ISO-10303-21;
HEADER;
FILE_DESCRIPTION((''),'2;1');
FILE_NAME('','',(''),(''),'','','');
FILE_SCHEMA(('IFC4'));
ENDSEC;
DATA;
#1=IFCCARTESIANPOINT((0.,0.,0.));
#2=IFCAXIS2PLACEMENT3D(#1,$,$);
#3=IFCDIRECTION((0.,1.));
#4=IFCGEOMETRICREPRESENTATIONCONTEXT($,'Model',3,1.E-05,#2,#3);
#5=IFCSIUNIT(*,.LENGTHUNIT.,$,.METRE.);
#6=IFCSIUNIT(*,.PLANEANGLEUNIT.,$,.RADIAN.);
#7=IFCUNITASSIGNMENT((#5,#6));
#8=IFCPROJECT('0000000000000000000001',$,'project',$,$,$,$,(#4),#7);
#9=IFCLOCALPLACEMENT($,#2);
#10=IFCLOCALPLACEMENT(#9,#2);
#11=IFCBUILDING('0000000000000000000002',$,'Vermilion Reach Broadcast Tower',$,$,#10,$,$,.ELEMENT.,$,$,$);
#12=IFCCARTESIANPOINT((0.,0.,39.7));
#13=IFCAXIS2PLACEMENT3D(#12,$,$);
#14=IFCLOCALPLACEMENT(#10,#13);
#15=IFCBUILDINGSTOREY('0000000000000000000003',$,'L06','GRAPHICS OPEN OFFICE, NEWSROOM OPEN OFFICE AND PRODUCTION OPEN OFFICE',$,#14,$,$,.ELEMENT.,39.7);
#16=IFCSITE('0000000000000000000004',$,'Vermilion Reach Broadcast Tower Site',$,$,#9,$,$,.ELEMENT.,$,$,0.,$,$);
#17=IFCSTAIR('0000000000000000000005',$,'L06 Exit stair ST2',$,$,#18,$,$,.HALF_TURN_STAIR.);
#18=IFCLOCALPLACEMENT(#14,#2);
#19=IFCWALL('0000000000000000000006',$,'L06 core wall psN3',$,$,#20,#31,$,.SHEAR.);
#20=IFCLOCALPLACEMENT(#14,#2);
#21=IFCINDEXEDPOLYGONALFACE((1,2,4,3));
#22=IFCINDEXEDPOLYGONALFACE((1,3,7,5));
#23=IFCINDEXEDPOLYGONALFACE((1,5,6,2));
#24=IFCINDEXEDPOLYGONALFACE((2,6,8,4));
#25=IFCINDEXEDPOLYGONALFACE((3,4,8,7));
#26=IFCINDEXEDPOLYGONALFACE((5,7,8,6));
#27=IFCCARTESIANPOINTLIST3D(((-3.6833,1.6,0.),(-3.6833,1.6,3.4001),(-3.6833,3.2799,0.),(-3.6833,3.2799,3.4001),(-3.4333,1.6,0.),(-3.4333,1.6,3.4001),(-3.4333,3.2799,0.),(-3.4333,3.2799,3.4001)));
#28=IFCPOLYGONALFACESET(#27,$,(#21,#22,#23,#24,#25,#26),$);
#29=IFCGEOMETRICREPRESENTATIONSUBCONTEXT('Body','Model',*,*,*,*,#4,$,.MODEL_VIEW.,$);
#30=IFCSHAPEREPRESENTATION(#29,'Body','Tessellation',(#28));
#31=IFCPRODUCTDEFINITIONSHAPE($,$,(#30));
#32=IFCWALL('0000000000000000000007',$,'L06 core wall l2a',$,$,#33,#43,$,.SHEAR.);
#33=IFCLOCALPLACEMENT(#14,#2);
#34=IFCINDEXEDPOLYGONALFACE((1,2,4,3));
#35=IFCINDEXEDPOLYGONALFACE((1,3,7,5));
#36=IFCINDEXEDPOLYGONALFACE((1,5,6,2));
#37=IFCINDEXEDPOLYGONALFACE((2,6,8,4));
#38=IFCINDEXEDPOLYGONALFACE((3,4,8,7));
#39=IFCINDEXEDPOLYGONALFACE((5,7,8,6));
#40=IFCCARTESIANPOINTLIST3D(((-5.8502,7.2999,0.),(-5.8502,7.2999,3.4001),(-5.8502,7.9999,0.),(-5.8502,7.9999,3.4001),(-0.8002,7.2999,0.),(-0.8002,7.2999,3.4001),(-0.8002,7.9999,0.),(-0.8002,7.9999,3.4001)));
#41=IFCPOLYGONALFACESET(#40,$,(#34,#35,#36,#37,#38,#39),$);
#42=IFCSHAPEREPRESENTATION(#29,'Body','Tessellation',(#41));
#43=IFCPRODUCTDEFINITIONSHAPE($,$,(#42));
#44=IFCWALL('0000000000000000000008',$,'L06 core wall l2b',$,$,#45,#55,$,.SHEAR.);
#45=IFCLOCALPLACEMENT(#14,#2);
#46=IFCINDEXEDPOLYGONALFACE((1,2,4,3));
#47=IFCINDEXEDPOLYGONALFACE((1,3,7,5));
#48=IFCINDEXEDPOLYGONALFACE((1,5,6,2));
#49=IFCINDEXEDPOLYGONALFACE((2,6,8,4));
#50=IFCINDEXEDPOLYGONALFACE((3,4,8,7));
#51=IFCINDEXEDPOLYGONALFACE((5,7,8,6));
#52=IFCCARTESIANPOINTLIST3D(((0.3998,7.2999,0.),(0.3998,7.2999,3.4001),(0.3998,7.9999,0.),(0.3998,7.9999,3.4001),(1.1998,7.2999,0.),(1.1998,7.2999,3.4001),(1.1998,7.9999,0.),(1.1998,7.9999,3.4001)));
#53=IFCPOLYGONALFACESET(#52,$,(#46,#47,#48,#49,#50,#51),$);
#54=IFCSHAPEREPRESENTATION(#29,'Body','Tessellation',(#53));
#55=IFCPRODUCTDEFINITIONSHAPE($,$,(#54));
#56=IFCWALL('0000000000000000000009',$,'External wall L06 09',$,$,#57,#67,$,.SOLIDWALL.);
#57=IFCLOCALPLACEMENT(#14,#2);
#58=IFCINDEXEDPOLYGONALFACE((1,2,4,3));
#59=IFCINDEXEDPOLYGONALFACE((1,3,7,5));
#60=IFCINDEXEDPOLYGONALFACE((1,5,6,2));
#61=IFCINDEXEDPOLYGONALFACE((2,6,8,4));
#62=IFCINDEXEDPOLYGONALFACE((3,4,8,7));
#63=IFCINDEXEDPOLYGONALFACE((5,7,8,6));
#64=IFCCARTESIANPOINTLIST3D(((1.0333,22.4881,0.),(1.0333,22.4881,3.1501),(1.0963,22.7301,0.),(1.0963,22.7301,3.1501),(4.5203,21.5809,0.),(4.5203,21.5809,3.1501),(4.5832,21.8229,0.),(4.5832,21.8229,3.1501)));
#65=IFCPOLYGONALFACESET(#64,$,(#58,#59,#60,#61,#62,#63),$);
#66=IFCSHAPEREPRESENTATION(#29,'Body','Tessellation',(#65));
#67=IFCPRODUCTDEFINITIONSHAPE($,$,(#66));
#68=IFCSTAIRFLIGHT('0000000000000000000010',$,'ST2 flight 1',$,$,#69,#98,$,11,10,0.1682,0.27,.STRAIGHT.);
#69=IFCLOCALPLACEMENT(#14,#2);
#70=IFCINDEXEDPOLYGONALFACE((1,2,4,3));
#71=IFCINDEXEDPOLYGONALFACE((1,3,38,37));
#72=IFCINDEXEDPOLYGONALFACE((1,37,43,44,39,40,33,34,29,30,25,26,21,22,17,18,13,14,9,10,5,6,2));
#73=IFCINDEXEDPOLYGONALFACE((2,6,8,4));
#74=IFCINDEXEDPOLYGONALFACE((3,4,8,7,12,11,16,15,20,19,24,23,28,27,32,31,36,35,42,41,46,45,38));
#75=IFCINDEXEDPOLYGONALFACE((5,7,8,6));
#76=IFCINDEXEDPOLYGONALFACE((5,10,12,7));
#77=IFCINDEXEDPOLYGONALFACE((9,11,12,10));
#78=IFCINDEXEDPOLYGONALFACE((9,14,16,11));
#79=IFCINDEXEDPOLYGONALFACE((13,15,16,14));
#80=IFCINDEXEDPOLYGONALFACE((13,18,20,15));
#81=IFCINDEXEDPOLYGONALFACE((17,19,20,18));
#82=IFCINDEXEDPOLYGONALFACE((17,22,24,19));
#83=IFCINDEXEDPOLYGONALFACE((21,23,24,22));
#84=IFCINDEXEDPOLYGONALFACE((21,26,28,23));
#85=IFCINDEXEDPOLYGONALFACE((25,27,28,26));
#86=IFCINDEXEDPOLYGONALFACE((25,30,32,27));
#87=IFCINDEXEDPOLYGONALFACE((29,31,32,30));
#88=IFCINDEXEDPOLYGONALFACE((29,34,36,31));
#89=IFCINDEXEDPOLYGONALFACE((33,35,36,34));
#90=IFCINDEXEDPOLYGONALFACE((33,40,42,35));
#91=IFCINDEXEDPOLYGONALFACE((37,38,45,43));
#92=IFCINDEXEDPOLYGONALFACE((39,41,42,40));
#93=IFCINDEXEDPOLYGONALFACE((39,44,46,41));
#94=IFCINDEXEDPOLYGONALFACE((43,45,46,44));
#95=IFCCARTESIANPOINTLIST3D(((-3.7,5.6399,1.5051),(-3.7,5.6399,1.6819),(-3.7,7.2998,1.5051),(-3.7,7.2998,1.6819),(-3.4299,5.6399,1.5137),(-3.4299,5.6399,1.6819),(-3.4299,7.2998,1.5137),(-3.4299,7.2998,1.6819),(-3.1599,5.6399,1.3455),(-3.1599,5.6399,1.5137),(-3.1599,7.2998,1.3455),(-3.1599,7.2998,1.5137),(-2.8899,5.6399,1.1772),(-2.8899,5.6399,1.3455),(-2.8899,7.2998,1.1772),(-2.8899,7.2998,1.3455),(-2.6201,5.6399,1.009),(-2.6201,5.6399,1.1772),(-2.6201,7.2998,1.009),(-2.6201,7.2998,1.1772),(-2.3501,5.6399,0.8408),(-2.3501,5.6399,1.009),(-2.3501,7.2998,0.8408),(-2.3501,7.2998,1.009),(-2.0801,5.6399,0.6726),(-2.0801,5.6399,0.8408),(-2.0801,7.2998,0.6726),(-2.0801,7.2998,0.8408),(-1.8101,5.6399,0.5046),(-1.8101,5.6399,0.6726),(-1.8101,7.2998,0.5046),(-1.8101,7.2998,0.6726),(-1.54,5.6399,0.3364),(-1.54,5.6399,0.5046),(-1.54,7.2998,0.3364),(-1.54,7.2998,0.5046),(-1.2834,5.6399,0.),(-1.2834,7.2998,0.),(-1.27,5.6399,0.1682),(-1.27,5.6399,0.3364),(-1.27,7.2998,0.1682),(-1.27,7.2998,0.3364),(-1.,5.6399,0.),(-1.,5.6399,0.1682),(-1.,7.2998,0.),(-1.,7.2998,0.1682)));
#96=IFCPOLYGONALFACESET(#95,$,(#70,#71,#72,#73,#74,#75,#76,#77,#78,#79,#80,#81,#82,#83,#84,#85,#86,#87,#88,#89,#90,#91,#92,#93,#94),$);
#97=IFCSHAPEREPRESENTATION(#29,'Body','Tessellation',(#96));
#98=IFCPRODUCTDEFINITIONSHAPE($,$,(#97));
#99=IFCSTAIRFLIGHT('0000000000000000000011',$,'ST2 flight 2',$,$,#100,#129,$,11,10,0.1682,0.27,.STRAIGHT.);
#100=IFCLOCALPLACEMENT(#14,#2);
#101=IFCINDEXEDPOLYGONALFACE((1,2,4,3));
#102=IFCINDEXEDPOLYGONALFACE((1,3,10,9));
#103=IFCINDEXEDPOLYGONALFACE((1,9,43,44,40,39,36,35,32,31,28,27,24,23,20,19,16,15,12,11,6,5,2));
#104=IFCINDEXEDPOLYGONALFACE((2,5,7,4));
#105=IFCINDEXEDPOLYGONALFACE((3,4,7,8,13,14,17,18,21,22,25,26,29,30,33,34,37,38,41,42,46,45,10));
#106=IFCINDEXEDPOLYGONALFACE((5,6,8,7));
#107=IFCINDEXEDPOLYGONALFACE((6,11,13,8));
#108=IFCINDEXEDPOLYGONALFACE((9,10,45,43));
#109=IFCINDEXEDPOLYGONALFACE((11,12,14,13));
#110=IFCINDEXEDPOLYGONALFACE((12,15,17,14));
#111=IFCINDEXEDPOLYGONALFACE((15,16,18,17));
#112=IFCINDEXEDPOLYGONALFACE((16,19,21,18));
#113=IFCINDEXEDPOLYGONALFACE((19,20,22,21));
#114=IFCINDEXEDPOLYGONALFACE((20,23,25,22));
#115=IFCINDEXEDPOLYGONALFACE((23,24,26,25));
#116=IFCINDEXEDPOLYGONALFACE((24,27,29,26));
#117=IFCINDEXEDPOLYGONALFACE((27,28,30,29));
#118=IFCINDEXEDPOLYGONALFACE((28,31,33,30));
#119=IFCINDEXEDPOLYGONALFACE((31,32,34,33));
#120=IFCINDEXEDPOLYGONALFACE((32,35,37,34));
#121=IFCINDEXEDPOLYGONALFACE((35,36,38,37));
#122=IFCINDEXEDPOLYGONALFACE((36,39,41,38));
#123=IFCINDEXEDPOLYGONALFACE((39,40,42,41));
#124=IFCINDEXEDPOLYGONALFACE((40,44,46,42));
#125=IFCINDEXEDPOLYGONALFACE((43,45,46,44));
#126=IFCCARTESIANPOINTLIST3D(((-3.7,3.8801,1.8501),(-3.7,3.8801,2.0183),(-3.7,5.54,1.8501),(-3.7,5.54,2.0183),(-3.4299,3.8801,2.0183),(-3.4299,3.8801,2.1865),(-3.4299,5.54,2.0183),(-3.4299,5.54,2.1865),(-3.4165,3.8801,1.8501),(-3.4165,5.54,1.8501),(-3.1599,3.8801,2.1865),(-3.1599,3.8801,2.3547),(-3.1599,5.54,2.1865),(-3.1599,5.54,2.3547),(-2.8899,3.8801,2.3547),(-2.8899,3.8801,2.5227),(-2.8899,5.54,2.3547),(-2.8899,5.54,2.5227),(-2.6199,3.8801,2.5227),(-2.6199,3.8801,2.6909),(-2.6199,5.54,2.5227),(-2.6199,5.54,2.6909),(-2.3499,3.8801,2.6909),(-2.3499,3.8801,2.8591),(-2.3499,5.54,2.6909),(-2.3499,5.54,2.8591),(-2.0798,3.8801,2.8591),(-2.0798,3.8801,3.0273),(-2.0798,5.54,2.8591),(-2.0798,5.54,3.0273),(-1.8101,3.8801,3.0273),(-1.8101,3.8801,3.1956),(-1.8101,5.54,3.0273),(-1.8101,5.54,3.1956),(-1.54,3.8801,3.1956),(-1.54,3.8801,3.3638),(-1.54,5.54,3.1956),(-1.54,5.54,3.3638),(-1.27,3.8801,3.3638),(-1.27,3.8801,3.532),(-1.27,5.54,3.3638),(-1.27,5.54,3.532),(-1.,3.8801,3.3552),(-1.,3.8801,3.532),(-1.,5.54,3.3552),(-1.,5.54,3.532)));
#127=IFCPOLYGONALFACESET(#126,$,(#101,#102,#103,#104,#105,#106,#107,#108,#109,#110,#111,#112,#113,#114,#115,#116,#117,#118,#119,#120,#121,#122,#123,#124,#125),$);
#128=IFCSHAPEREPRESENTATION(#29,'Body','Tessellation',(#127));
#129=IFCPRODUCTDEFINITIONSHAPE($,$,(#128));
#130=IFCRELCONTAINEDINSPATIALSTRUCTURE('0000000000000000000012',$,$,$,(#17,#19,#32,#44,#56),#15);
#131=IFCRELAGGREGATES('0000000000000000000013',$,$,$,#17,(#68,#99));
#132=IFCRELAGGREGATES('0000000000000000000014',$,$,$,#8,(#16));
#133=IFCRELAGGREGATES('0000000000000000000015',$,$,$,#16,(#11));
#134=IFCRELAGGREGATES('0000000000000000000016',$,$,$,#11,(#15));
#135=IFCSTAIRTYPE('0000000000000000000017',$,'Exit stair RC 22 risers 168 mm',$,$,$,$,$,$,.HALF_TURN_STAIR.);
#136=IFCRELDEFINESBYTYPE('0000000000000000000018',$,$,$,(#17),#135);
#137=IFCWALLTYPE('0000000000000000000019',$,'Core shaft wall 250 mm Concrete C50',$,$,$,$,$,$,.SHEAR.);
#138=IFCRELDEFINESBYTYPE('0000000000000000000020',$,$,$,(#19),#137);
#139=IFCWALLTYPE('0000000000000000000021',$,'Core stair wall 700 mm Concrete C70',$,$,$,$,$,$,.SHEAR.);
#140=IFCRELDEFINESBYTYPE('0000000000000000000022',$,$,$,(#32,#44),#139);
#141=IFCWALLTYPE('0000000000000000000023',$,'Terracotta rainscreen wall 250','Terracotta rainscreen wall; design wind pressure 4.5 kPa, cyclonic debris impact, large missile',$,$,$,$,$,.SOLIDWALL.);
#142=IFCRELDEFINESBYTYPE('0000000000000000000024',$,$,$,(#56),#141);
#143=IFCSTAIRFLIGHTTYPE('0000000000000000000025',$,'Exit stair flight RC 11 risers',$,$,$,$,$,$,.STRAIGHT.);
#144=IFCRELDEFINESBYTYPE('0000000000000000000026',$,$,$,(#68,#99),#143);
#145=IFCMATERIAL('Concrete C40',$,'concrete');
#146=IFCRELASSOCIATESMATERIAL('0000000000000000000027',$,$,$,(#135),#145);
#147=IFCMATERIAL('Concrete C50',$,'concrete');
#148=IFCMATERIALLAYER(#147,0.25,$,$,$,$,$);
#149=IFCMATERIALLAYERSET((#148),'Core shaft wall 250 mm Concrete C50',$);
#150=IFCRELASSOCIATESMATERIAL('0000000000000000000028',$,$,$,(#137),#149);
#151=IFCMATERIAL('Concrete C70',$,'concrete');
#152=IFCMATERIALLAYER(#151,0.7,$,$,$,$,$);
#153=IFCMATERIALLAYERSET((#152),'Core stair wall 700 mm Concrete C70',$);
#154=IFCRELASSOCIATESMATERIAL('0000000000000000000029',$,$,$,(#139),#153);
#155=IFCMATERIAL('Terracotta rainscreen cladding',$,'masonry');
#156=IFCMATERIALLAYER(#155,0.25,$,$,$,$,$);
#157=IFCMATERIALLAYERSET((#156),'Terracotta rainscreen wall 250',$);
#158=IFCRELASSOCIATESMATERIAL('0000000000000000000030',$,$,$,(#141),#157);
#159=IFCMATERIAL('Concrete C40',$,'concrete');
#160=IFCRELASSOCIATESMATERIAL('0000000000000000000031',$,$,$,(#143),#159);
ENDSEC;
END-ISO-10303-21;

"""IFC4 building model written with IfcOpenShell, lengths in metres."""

from ifc_helpers import new_model, si_unit, direction, frame, frame_2d, origin, place, context, subcontext, project, spatial, polyline, rectangle, outline, extrude, material, layer, layer_set, type_object, element, aggregate, save


model = new_model("IFC4")

# Units and contexts
model_context = context("Model", 3, precision=1e-05, world=origin(), true_north=direction((0.0, 1.0)))
body_context = subcontext(model_context, "Body", "Model", "MODEL_VIEW")
ifc_project = project(units=[si_unit("LENGTHUNIT", "METRE"), si_unit("PLANEANGLEUNIT", "RADIAN")], contexts=[model_context])

# Site, building, storey
site_placement = place(None, origin())
site = spatial("IfcSite", under=ifc_project, at=site_placement, Name="Vermilion Reach Broadcast Tower Site", CompositionType="ELEMENT", RefElevation=0.0)
building_placement = place(site_placement, origin())
building = spatial("IfcBuilding", under=site, at=building_placement, Name="Vermilion Reach Broadcast Tower", CompositionType="ELEMENT")
storey_placement = place(building_placement, frame((0.0, 0.0, 39.7)))
storey = spatial("IfcBuildingStorey", under=building, at=storey_placement, Name="L06", Description="GRAPHICS OPEN OFFICE, NEWSROOM OPEN OFFICE AND PRODUCTION OPEN OFFICE", CompositionType="ELEMENT", Elevation=39.7)

# Shared definitions
placement_1 = place(storey_placement, origin())

# Stair
ifc_material_1 = material(Name="Concrete C40", Category="concrete")
stair_type = type_object("IfcStairType", Name="Exit stair RC 22 risers 168 mm", PredefinedType="HALF_TURN_STAIR", material=ifc_material_1)
stair_1 = element("IfcStair", 1, at=placement_1, inside=storey, type_object=stair_type, Name="L06 Exit stair ST2", PredefinedType="HALF_TURN_STAIR")

# Walls
ifc_material_2 = material(Name="Concrete C50", Category="concrete")
ifc_layer_1 = layer(ifc_material_2, 0.25)
ifc_layer_set_1 = layer_set([ifc_layer_1], Name="Core shaft wall 250 mm Concrete C50")
wall_type_1 = type_object("IfcWallType", Name="Core shaft wall 250 mm Concrete C50", PredefinedType="SHEAR", material=ifc_layer_set_1)
wall_1_placement = place(storey_placement, frame((-3.5583, 1.6001, 0.0), z_axis=(0.0, 0.0, 1.0), x_axis=(0.0, 1.0, 0.0)))
element("IfcWall", 2, at=wall_1_placement, inside=storey, type_object=wall_type_1, Name="L06 core wall psN3", PredefinedType="SHEAR", context=body_context, shape_type="SweptSolid", body=[
    extrude(rectangle(XDim=1.6799, YDim=0.25, at=frame_2d((0.8398, 0.0))), origin(), (0.0, 0.0, 1.0), 3.4001),
])
ifc_material_3 = material(Name="Concrete C70", Category="concrete")
ifc_layer_2 = layer(ifc_material_3, 0.7)
ifc_layer_set_2 = layer_set([ifc_layer_2], Name="Core stair wall 700 mm Concrete C70")
wall_type_2 = type_object("IfcWallType", Name="Core stair wall 700 mm Concrete C70", PredefinedType="SHEAR", material=ifc_layer_set_2)
wall_2_placement = place(storey_placement, frame((-5.8501, 7.6499, 0.0), z_axis=(0.0, 0.0, 1.0), x_axis=(1.0, 0.0, 0.0)))
element("IfcWall", 3, at=wall_2_placement, inside=storey, type_object=wall_type_2, Name="L06 core wall l2a", PredefinedType="SHEAR", context=body_context, shape_type="SweptSolid", body=[
    extrude(rectangle(XDim=5.05, YDim=0.7, at=frame_2d((2.5249, 0.0))), origin(), (0.0, 0.0, 1.0), 3.4001),
])
wall_3_placement = place(storey_placement, frame((0.3999, 7.6499, 0.0), z_axis=(0.0, 0.0, 1.0), x_axis=(1.0, 0.0, 0.0)))
element("IfcWall", 4, at=wall_3_placement, inside=storey, type_object=wall_type_2, Name="L06 core wall l2b", PredefinedType="SHEAR", context=body_context, shape_type="SweptSolid", body=[
    extrude(rectangle(XDim=0.8, YDim=0.7, at=frame_2d((0.3999, 0.0))), origin(), (0.0, 0.0, 1.0), 3.4001),
])
ifc_material_4 = material(Name="Terracotta rainscreen cladding", Category="masonry")
ifc_layer_3 = layer(ifc_material_4, 0.25)
ifc_layer_set_3 = layer_set([ifc_layer_3], Name="Terracotta rainscreen wall 250")
wall_type_3 = type_object("IfcWallType", Name="Terracotta rainscreen wall 250", Description="Terracotta rainscreen wall; design wind pressure 4.5 kPa, cyclonic debris impact, large missile", PredefinedType="SOLIDWALL", material=ifc_layer_set_3)
wall_4_placement = place(storey_placement, frame((4.5518, 21.7019, 0.0), z_axis=(0.0, 0.0, 1.0), x_axis=(-0.967783, 0.251787, 0.0)))
element("IfcWall", 5, at=wall_4_placement, inside=storey, type_object=wall_type_3, Name="External wall L06 09", PredefinedType="SOLIDWALL", context=body_context, shape_type="SweptSolid", body=[
    extrude(rectangle(XDim=3.603, YDim=0.25, at=frame_2d((1.8015, 0.0))), origin(), (0.0, 0.0, 1.0), 3.1501),
])

# Stair flights
ifc_material_5 = material(Name="Concrete C40", Category="concrete")
stair_flight_type = type_object("IfcStairFlightType", Name="Exit stair flight RC 11 risers", PredefinedType="STRAIGHT", material=ifc_material_5)
stair_flight_1_placement = place(storey_placement, frame((-1.0, 6.47, 0.0), z_axis=(0.0, 0.0, 1.0), x_axis=(-1.0, 0.0, 0.0)))
stair_flight_1 = element("IfcStairFlight", 6, at=stair_flight_1_placement, type_object=stair_flight_type, Name="ST2 flight 1", NumberOfRisers=11, NumberOfTreads=10, PredefinedType="STRAIGHT", RiserHeight=0.1682, TreadLength=0.27, context=body_context, shape_type="SweptSolid", body=[
    extrude(outline(polyline([(0.0, 0.0), (0.0, 0.1682), (0.27, 0.1682), (0.27, 0.3364), (0.54, 0.3364), (0.54, 0.5046), (0.8101, 0.5046), (0.8101, 0.6726), (1.0801, 0.6726), (1.0801, 0.8408), (1.3501, 0.8408), (1.3501, 1.009), (1.6201, 1.009), (1.6201, 1.1772), (1.8899, 1.1772), (1.8899, 1.3455), (2.1599, 1.3455), (2.1599, 1.5137), (2.4299, 1.5137), (2.4299, 1.6819), (2.7, 1.6819), (2.7, 1.8501), (2.7, 1.5051), (0.2834, 0.0), (0.0, 0.0)])), frame((0.0, 0.8301, 0.0), z_axis=(0.0, -1.0, 0.0), x_axis=(1.0, 0.0, 0.0)), (0.0, 0.0, 1.0), 1.6599),
])
stair_flight_2_placement = place(storey_placement, frame((-3.7, 4.71, 1.8501), z_axis=(0.0, 0.0, 1.0), x_axis=(1.0, 0.0, 0.0)))
stair_flight_2 = element("IfcStairFlight", 7, at=stair_flight_2_placement, type_object=stair_flight_type, Name="ST2 flight 2", NumberOfRisers=11, NumberOfTreads=10, PredefinedType="STRAIGHT", RiserHeight=0.1682, TreadLength=0.27, context=body_context, shape_type="SweptSolid", body=[
    extrude(outline(polyline([(0.0, 0.0), (0.0, 0.1682), (0.27, 0.1682), (0.27, 0.3364), (0.54, 0.3364), (0.54, 0.5046), (0.8101, 0.5046), (0.8101, 0.6726), (1.0801, 0.6726), (1.0801, 0.8408), (1.3501, 0.8408), (1.3501, 1.009), (1.6201, 1.009), (1.6201, 1.1772), (1.8899, 1.1772), (1.8899, 1.3455), (2.1599, 1.3455), (2.1599, 1.5137), (2.4299, 1.5137), (2.4299, 1.6819), (2.7, 1.6819), (2.7, 1.8501), (2.7, 1.5051), (0.2834, 0.0), (0.0, 0.0)])), frame((0.0, 0.8301, 0.0), z_axis=(0.0, -1.0, 0.0), x_axis=(1.0, 0.0, 0.0)), (0.0, 0.0, 1.0), 1.6599),
])
aggregate(stair_1, [stair_flight_1, stair_flight_2])

save(model, "model.ifc")
